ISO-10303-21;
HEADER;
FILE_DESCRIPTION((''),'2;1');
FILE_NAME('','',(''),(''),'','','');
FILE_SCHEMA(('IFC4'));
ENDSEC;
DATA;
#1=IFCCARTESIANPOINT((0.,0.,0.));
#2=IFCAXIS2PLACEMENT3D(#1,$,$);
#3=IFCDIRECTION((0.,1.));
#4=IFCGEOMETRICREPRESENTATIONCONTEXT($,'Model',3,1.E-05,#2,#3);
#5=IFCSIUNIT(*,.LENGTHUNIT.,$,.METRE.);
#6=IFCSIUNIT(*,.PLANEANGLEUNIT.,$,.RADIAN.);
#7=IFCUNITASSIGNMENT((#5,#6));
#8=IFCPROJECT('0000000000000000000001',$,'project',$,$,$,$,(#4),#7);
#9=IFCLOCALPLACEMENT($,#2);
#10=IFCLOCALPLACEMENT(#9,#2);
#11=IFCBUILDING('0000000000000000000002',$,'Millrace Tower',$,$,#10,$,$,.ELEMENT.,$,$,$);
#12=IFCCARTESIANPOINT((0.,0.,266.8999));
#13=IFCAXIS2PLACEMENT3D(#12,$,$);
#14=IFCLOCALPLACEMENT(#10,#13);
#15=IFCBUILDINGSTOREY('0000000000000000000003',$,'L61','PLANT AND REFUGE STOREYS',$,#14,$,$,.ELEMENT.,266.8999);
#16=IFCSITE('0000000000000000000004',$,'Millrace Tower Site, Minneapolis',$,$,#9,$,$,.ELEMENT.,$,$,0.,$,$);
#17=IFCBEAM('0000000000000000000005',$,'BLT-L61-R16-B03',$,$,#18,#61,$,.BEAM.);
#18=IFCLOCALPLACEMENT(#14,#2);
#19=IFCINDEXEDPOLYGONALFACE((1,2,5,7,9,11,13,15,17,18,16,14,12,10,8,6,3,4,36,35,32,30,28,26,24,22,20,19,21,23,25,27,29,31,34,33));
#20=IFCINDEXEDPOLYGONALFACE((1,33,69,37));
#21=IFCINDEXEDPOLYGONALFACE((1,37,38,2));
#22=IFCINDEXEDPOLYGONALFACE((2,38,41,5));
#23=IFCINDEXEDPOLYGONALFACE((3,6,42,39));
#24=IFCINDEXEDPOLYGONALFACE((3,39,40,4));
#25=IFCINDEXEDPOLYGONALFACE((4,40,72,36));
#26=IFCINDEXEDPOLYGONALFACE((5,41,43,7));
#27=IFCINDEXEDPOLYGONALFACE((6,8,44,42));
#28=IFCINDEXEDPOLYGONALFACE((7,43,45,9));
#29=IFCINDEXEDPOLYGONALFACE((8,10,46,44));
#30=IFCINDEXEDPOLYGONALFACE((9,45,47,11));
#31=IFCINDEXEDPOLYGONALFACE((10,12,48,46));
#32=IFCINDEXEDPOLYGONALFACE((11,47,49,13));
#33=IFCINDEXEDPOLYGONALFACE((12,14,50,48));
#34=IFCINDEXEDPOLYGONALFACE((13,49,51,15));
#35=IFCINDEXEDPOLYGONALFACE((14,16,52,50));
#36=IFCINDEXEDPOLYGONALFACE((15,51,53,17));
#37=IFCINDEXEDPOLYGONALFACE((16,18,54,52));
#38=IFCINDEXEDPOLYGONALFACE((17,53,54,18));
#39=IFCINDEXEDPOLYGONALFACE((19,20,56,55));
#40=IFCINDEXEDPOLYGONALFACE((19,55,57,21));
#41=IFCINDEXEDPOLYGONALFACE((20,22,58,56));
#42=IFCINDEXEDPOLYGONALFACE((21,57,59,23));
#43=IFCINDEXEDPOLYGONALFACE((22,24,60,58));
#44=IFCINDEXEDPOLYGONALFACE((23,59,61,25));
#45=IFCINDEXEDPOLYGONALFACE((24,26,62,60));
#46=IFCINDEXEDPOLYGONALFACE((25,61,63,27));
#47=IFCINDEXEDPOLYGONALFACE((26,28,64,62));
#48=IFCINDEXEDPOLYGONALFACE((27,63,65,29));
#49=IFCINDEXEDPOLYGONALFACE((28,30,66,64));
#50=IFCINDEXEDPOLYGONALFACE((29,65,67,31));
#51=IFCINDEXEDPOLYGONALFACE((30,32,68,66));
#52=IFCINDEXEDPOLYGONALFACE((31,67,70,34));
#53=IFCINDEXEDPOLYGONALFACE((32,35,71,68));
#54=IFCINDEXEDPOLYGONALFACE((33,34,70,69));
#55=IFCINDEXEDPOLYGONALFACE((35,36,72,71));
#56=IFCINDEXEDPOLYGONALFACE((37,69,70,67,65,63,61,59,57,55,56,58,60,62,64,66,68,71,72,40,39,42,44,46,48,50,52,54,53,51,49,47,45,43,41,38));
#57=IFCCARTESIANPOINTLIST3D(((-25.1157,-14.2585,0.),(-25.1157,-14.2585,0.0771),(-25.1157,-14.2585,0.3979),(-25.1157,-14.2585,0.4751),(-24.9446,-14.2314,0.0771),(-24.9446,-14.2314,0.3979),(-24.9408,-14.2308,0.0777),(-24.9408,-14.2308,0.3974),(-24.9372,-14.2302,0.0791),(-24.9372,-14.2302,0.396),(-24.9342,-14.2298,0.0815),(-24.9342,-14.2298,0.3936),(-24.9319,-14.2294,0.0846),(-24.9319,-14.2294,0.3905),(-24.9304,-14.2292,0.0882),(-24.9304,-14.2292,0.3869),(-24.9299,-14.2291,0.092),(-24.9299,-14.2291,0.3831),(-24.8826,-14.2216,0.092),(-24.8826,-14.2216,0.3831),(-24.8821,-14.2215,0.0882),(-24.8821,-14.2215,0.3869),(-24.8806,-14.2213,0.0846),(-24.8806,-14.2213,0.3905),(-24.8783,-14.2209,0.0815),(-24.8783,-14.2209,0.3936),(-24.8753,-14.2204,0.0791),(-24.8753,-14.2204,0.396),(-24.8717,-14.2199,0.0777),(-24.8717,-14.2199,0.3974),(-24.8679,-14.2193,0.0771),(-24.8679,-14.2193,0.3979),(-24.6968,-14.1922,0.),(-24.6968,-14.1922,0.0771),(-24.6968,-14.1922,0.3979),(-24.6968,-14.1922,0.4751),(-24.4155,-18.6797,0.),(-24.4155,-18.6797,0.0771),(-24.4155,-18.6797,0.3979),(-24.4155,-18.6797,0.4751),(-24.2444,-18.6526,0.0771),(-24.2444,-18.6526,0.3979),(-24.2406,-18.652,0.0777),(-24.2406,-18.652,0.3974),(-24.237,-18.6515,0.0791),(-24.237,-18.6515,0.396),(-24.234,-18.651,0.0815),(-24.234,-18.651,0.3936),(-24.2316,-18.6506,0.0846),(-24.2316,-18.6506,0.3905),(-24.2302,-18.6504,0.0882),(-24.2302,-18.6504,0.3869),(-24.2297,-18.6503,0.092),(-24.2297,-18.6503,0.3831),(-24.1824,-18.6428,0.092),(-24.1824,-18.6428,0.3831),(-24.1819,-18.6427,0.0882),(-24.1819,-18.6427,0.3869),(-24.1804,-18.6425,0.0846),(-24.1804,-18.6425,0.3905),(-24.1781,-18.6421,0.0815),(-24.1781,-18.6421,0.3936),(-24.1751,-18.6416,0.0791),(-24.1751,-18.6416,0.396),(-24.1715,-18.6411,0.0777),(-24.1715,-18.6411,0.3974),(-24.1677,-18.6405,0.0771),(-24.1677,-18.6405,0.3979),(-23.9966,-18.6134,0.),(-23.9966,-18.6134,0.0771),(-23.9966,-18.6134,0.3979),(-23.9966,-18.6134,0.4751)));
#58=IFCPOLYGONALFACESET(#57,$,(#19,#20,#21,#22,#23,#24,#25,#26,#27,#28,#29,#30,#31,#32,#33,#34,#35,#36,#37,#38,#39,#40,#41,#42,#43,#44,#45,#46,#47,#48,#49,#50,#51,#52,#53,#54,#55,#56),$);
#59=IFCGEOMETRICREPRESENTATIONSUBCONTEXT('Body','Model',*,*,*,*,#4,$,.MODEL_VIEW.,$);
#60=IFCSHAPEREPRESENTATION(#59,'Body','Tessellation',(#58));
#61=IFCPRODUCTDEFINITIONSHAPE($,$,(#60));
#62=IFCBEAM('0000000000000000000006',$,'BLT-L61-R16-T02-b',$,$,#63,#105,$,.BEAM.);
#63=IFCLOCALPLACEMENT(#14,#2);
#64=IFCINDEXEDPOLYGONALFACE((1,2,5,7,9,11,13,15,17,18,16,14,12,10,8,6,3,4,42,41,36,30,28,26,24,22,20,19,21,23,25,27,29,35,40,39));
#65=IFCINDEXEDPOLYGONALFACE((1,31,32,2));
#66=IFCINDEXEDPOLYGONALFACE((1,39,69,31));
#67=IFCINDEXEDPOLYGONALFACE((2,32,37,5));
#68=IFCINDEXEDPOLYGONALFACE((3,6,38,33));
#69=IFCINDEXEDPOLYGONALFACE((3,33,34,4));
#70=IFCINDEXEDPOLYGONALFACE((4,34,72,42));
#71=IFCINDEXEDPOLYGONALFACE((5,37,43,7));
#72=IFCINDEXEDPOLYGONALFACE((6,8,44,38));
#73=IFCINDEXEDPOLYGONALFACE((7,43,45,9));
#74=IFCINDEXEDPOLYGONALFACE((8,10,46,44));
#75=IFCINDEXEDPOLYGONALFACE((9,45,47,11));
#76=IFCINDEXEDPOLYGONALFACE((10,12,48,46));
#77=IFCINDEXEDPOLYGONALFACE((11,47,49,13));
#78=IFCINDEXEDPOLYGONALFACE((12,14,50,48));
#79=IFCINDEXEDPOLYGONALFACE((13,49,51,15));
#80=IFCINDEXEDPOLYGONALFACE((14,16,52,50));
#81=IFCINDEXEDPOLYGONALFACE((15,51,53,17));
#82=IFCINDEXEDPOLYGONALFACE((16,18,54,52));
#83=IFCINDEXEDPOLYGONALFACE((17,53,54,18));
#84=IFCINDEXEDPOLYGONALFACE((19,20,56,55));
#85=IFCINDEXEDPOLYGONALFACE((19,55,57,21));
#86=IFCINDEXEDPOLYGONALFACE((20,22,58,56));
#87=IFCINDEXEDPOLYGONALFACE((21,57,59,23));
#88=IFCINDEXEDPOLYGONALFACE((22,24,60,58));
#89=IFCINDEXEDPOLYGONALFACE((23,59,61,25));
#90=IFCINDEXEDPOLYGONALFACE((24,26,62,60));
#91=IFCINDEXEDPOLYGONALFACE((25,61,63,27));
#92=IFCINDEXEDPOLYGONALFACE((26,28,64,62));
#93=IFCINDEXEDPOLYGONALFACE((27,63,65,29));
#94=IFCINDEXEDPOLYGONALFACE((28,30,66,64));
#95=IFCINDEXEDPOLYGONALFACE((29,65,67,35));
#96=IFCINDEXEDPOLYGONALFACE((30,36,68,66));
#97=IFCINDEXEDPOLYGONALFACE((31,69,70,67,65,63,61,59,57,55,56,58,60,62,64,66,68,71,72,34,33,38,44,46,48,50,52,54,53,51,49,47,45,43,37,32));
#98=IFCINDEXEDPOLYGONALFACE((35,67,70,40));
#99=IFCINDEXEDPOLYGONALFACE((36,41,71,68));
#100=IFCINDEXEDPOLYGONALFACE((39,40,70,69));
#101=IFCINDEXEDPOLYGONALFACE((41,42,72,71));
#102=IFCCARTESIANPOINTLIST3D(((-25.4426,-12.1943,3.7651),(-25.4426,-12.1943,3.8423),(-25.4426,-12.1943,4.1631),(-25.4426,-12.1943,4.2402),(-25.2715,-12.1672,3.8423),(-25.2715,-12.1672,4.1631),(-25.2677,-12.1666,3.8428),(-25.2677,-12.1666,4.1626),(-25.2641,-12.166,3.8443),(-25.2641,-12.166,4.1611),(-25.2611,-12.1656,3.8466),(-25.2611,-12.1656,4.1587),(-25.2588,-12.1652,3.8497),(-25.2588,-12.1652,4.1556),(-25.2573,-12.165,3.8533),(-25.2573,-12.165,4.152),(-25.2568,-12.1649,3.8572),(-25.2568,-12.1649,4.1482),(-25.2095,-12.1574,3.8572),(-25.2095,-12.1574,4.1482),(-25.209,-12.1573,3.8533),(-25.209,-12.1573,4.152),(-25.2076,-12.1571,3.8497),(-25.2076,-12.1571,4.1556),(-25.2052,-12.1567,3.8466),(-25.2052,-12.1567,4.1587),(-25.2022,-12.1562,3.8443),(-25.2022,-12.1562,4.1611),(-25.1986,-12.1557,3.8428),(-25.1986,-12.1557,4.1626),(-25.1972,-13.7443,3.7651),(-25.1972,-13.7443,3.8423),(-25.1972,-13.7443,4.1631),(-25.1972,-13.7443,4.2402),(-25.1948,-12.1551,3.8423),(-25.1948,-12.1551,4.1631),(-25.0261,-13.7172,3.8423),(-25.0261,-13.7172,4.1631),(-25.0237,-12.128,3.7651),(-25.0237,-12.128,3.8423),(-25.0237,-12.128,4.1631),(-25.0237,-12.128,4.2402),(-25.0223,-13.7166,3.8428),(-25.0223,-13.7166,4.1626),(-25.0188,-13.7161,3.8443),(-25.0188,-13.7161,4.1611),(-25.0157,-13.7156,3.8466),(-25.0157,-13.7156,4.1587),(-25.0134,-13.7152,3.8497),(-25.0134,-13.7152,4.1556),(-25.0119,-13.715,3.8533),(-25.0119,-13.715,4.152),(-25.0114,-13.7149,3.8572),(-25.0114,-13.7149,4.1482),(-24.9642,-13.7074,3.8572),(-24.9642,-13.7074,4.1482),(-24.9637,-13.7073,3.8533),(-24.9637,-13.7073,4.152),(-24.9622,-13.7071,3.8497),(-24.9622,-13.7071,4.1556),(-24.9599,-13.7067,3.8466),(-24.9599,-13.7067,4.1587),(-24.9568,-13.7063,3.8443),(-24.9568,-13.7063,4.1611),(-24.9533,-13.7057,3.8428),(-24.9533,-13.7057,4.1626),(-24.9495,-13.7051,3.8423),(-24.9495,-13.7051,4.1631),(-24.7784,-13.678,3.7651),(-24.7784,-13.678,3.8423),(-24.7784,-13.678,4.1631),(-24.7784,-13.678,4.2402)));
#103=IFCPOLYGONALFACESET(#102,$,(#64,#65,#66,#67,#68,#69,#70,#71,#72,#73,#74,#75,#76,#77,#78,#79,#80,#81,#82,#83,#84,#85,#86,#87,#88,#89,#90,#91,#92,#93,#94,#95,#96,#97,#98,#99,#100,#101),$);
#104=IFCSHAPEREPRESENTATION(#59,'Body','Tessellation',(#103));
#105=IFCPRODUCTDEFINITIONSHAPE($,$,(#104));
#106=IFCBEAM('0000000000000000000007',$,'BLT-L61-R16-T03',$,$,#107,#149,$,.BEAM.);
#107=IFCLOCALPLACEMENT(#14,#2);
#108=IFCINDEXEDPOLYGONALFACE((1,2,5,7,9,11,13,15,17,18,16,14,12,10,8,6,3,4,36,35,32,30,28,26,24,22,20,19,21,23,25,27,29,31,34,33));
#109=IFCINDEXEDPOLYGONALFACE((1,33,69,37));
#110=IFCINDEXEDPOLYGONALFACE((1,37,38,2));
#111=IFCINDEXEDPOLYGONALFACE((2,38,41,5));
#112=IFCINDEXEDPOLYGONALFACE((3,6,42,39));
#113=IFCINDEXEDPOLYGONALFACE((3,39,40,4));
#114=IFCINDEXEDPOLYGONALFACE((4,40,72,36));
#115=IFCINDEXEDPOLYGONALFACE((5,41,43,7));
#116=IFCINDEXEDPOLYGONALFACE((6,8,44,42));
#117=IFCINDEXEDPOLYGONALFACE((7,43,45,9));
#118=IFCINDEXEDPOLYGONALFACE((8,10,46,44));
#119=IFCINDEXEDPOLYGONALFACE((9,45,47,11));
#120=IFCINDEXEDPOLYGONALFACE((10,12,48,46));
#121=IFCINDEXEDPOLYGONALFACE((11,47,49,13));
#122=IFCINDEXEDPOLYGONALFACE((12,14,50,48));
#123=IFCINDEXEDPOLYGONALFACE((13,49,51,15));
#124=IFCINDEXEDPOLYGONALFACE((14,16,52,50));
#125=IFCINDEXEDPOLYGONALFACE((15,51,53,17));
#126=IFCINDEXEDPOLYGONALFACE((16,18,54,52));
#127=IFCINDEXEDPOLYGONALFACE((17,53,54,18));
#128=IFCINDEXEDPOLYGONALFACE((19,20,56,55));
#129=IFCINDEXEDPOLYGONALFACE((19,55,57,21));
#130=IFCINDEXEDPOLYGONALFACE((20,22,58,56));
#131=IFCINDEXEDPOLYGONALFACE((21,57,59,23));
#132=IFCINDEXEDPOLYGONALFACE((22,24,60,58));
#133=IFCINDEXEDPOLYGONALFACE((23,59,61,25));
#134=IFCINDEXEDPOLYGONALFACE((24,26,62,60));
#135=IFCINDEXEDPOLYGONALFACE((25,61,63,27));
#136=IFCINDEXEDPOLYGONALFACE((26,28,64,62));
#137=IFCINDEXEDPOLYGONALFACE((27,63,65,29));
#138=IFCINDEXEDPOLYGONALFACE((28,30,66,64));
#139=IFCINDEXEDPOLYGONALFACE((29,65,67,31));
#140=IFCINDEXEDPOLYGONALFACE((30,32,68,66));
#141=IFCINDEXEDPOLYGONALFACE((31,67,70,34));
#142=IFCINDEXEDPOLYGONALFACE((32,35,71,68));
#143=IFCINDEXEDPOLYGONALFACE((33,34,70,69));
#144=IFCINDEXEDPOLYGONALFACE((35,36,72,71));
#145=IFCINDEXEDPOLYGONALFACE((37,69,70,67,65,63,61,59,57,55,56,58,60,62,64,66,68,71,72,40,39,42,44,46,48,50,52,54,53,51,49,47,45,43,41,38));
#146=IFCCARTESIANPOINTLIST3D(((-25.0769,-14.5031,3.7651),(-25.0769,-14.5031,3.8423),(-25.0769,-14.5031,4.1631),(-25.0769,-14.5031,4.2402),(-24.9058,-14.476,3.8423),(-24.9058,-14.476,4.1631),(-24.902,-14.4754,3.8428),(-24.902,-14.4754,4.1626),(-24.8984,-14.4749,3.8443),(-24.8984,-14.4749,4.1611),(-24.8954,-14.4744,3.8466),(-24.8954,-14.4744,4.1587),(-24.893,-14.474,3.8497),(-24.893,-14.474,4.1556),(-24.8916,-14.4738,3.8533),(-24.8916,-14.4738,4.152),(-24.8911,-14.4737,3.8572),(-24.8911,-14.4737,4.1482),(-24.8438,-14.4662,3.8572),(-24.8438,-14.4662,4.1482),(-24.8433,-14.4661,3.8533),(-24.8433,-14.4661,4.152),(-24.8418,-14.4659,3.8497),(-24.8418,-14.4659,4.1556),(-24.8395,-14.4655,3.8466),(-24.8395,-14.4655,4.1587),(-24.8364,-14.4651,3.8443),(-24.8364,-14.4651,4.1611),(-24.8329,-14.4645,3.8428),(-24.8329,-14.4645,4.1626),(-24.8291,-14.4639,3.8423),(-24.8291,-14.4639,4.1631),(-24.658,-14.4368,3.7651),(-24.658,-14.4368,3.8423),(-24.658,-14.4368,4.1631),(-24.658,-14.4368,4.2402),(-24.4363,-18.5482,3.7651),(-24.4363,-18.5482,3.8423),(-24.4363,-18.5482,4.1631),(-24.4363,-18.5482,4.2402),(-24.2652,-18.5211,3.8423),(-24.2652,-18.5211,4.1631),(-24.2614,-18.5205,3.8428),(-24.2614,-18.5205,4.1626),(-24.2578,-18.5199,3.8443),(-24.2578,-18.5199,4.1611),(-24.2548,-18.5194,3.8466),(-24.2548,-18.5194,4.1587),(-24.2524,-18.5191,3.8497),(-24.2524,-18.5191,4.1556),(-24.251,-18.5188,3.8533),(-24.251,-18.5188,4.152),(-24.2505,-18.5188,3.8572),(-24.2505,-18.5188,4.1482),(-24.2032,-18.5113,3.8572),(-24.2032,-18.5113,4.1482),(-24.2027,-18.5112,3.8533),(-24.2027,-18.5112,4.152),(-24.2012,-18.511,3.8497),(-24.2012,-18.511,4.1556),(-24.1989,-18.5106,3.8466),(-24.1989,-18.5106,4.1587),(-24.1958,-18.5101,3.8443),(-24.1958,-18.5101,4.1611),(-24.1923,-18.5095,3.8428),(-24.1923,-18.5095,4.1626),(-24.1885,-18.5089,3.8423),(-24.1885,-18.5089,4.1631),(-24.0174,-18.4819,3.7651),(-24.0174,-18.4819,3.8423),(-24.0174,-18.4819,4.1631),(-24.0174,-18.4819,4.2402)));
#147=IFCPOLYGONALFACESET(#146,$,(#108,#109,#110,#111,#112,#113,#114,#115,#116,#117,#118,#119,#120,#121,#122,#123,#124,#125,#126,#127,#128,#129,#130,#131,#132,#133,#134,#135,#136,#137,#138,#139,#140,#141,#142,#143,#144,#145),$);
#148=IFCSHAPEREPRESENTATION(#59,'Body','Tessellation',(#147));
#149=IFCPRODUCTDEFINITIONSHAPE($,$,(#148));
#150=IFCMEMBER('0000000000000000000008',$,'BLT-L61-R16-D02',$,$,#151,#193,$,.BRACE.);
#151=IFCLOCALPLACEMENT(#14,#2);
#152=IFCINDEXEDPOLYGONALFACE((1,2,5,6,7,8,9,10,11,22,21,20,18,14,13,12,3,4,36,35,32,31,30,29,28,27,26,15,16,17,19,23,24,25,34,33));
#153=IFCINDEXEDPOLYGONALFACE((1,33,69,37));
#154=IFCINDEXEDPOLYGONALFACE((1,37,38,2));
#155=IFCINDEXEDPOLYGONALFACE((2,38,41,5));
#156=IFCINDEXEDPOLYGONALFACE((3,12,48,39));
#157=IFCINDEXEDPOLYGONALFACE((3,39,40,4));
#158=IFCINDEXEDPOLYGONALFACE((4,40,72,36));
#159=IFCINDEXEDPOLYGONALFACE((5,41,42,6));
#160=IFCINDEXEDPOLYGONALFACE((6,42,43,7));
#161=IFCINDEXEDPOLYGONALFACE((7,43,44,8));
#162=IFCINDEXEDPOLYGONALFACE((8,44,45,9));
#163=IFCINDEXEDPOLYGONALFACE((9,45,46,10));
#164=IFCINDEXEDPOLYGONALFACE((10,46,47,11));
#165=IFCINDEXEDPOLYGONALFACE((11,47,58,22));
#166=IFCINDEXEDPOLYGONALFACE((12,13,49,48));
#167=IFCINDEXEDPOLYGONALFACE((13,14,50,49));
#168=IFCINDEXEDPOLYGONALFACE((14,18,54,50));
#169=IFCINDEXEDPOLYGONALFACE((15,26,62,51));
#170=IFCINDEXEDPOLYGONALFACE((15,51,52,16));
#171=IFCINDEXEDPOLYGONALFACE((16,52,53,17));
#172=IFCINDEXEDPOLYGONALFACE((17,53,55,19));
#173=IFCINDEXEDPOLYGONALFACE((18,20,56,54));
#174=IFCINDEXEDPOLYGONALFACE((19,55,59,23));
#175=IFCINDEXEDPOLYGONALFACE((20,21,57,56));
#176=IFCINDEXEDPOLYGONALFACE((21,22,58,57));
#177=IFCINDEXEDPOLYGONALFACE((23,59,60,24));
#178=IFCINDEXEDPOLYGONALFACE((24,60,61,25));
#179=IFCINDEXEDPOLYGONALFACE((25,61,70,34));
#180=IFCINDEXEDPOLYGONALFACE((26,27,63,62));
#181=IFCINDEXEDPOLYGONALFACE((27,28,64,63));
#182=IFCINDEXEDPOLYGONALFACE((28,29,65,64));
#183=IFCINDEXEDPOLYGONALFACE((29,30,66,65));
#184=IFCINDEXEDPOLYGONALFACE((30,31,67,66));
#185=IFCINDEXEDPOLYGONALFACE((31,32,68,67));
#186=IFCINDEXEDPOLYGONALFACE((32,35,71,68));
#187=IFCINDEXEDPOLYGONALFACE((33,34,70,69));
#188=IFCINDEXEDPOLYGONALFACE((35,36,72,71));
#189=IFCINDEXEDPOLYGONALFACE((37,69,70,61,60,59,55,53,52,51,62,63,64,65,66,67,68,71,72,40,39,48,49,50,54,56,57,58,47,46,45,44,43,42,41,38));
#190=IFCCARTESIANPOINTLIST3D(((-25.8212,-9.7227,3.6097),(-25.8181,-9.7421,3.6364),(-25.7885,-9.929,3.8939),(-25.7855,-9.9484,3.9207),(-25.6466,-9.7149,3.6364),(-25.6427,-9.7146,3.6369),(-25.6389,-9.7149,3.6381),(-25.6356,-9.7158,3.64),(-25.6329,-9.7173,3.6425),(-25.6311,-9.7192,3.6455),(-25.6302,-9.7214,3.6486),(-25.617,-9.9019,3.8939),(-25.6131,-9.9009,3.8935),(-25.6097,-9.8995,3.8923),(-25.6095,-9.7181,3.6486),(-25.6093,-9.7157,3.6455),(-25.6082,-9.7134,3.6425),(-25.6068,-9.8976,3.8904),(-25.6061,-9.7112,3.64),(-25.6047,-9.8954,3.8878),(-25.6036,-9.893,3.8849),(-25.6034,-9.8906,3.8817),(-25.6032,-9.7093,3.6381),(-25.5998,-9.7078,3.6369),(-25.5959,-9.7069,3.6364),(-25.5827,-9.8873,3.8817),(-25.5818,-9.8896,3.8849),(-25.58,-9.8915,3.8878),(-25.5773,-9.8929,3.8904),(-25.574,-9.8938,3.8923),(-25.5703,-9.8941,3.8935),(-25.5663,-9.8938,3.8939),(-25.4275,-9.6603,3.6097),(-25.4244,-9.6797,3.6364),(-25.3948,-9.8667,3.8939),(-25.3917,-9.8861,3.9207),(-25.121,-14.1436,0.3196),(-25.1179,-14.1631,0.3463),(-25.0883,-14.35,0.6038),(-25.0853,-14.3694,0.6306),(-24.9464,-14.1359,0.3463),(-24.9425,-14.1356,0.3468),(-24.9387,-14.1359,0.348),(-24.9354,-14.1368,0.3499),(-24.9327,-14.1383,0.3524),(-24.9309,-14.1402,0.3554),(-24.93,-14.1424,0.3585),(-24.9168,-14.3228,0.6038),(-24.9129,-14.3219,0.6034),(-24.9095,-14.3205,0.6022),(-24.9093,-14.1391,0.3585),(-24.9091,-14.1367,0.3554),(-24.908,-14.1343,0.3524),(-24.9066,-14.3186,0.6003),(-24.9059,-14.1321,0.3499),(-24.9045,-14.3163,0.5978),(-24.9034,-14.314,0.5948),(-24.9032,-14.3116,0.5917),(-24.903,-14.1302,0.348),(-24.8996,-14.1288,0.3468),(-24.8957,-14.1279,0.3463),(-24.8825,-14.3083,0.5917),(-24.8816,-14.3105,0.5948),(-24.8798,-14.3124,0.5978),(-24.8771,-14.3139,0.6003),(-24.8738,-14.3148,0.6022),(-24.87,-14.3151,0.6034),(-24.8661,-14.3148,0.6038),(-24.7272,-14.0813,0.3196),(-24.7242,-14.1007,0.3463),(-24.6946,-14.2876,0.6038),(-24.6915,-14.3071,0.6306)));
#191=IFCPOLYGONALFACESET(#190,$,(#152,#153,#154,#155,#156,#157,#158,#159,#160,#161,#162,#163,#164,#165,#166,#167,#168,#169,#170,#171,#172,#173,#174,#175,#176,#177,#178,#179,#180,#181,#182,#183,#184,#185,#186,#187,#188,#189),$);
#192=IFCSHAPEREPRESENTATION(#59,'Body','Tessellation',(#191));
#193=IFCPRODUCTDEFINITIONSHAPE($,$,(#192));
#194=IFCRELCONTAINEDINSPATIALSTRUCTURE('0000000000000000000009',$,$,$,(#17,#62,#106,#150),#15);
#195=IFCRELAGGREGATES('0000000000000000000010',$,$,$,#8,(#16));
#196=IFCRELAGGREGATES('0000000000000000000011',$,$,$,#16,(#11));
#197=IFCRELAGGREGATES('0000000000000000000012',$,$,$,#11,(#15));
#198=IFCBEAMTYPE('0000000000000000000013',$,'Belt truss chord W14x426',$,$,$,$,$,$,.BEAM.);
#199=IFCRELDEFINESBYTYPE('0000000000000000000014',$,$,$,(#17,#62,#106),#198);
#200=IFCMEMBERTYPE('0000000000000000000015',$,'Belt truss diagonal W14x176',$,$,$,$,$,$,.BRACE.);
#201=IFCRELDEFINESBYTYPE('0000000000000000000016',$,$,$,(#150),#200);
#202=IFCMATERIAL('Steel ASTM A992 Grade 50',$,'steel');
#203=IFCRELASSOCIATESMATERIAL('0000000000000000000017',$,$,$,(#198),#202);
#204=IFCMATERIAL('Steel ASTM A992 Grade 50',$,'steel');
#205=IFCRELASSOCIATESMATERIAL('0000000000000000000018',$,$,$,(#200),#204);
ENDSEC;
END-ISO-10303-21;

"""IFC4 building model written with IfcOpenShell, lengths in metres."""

from ifc_helpers import new_model, si_unit, direction, frame, origin, origin_2d, place, context, subcontext, project, spatial, i_section, extrude, material, material_profile, profile_set, type_object, element, save


model = new_model("IFC4")

# Units and contexts
model_context = context("Model", 3, precision=1e-05, world=origin(), true_north=direction((0.0, 1.0)))
body_context = subcontext(model_context, "Body", "Model", "MODEL_VIEW")
ifc_project = project(units=[si_unit("LENGTHUNIT", "METRE"), si_unit("PLANEANGLEUNIT", "RADIAN")], contexts=[model_context])

# Site, building, storey
site_placement = place(None, origin())
site = spatial("IfcSite", under=ifc_project, at=site_placement, Name="Millrace Tower Site, Minneapolis", CompositionType="ELEMENT", RefElevation=0.0)
building_placement = place(site_placement, origin())
building = spatial("IfcBuilding", under=site, at=building_placement, Name="Millrace Tower", CompositionType="ELEMENT")
storey_placement = place(building_placement, frame((0.0, 0.0, 266.8999)))
storey = spatial("IfcBuildingStorey", under=building, at=storey_placement, Name="L61", Description="PLANT AND REFUGE STOREYS", CompositionType="ELEMENT", Elevation=266.8999)

# Beams
ifc_material_1 = material(Name="Steel ASTM A992 Grade 50", Category="steel")
ifc_material_profile_1 = material_profile(ifc_material_1, i_section(OverallWidth=0.4241, OverallDepth=0.4751, WebThickness=0.0479, FlangeThickness=0.0771, FilletRadius=0.0149, at=origin_2d()))
ifc_profile_set_1 = profile_set([ifc_material_profile_1], Name="Steel ASTM A992 Grade 50")
beam_type_1 = type_object("IfcBeamType", Name="Belt truss chord W14x426", PredefinedType="BEAM", material=ifc_profile_set_1)
beam_1_placement = place(storey_placement, frame((-24.9062, -14.2253, 0.2375), z_axis=(0.156425, -0.98769, 0.0), x_axis=(0.98769, 0.156425, 0.0)))
element("IfcBeam", 1, at=beam_1_placement, inside=storey, type_object=beam_type_1, Name="BLT-L61-R16-B03", PredefinedType="BEAM", context=body_context, shape_type="SweptSolid", body=[
    extrude(i_section(OverallWidth=0.4241, OverallDepth=0.4751, WebThickness=0.0479, FlangeThickness=0.0771, FilletRadius=0.0149, at=origin_2d()), origin(), (0.0, 0.0, 1.0), 4.4763),
])
beam_2_placement = place(storey_placement, frame((-25.2332, -12.1611, 4.0027), z_axis=(0.156346, -0.987702, 0.0), x_axis=(0.987702, 0.156346, 0.0)))
element("IfcBeam", 2, at=beam_2_placement, inside=storey, type_object=beam_type_1, Name="BLT-L61-R16-T02-b", PredefinedType="BEAM", context=body_context, shape_type="SweptSolid", body=[
    extrude(i_section(OverallWidth=0.4241, OverallDepth=0.4751, WebThickness=0.0479, FlangeThickness=0.0771, FilletRadius=0.0149, at=origin_2d()), origin(), (0.0, 0.0, 1.0), 1.5693),
])
beam_3_placement = place(storey_placement, frame((-24.8674, -14.47, 4.0027), z_axis=(0.156419, -0.987691, 0.0), x_axis=(0.987691, 0.156419, 0.0)))
element("IfcBeam", 3, at=beam_3_placement, inside=storey, type_object=beam_type_1, Name="BLT-L61-R16-T03", PredefinedType="BEAM", context=body_context, shape_type="SweptSolid", body=[
    extrude(i_section(OverallWidth=0.4241, OverallDepth=0.4751, WebThickness=0.0479, FlangeThickness=0.0771, FilletRadius=0.0149, at=origin_2d()), origin(), (0.0, 0.0, 1.0), 4.0955),
])

# Member
ifc_material_2 = material(Name="Steel ASTM A992 Grade 50", Category="steel")
ifc_material_profile_2 = material_profile(ifc_material_2, i_section(OverallWidth=0.3987, OverallDepth=0.386, WebThickness=0.021, FlangeThickness=0.0332, FilletRadius=0.0151, at=origin_2d()))
ifc_profile_set_2 = profile_set([ifc_material_profile_2], Name="Steel ASTM A992 Grade 50")
member_type_1 = type_object("IfcMemberType", Name="Belt truss diagonal W14x176", PredefinedType="BRACE", material=ifc_profile_set_2)
member_1_placement = place(storey_placement, frame((-24.9062, -14.2253, 0.4751), z_axis=(-0.126046, 0.795829, 0.592257), x_axis=(-0.987689, -0.156433, 0.0)))
element("IfcMember", 4, at=member_1_placement, inside=storey, type_object=member_type_1, Name="BLT-L61-R16-D02", PredefinedType="BRACE", context=body_context, shape_type="SweptSolid", body=[
    extrude(i_section(OverallWidth=0.3987, OverallDepth=0.386, WebThickness=0.021, FlangeThickness=0.0332, FilletRadius=0.0151, at=origin_2d()), origin(), (0.0, 0.0, 1.0), 5.5552),
])

save(model, "model.ifc")
